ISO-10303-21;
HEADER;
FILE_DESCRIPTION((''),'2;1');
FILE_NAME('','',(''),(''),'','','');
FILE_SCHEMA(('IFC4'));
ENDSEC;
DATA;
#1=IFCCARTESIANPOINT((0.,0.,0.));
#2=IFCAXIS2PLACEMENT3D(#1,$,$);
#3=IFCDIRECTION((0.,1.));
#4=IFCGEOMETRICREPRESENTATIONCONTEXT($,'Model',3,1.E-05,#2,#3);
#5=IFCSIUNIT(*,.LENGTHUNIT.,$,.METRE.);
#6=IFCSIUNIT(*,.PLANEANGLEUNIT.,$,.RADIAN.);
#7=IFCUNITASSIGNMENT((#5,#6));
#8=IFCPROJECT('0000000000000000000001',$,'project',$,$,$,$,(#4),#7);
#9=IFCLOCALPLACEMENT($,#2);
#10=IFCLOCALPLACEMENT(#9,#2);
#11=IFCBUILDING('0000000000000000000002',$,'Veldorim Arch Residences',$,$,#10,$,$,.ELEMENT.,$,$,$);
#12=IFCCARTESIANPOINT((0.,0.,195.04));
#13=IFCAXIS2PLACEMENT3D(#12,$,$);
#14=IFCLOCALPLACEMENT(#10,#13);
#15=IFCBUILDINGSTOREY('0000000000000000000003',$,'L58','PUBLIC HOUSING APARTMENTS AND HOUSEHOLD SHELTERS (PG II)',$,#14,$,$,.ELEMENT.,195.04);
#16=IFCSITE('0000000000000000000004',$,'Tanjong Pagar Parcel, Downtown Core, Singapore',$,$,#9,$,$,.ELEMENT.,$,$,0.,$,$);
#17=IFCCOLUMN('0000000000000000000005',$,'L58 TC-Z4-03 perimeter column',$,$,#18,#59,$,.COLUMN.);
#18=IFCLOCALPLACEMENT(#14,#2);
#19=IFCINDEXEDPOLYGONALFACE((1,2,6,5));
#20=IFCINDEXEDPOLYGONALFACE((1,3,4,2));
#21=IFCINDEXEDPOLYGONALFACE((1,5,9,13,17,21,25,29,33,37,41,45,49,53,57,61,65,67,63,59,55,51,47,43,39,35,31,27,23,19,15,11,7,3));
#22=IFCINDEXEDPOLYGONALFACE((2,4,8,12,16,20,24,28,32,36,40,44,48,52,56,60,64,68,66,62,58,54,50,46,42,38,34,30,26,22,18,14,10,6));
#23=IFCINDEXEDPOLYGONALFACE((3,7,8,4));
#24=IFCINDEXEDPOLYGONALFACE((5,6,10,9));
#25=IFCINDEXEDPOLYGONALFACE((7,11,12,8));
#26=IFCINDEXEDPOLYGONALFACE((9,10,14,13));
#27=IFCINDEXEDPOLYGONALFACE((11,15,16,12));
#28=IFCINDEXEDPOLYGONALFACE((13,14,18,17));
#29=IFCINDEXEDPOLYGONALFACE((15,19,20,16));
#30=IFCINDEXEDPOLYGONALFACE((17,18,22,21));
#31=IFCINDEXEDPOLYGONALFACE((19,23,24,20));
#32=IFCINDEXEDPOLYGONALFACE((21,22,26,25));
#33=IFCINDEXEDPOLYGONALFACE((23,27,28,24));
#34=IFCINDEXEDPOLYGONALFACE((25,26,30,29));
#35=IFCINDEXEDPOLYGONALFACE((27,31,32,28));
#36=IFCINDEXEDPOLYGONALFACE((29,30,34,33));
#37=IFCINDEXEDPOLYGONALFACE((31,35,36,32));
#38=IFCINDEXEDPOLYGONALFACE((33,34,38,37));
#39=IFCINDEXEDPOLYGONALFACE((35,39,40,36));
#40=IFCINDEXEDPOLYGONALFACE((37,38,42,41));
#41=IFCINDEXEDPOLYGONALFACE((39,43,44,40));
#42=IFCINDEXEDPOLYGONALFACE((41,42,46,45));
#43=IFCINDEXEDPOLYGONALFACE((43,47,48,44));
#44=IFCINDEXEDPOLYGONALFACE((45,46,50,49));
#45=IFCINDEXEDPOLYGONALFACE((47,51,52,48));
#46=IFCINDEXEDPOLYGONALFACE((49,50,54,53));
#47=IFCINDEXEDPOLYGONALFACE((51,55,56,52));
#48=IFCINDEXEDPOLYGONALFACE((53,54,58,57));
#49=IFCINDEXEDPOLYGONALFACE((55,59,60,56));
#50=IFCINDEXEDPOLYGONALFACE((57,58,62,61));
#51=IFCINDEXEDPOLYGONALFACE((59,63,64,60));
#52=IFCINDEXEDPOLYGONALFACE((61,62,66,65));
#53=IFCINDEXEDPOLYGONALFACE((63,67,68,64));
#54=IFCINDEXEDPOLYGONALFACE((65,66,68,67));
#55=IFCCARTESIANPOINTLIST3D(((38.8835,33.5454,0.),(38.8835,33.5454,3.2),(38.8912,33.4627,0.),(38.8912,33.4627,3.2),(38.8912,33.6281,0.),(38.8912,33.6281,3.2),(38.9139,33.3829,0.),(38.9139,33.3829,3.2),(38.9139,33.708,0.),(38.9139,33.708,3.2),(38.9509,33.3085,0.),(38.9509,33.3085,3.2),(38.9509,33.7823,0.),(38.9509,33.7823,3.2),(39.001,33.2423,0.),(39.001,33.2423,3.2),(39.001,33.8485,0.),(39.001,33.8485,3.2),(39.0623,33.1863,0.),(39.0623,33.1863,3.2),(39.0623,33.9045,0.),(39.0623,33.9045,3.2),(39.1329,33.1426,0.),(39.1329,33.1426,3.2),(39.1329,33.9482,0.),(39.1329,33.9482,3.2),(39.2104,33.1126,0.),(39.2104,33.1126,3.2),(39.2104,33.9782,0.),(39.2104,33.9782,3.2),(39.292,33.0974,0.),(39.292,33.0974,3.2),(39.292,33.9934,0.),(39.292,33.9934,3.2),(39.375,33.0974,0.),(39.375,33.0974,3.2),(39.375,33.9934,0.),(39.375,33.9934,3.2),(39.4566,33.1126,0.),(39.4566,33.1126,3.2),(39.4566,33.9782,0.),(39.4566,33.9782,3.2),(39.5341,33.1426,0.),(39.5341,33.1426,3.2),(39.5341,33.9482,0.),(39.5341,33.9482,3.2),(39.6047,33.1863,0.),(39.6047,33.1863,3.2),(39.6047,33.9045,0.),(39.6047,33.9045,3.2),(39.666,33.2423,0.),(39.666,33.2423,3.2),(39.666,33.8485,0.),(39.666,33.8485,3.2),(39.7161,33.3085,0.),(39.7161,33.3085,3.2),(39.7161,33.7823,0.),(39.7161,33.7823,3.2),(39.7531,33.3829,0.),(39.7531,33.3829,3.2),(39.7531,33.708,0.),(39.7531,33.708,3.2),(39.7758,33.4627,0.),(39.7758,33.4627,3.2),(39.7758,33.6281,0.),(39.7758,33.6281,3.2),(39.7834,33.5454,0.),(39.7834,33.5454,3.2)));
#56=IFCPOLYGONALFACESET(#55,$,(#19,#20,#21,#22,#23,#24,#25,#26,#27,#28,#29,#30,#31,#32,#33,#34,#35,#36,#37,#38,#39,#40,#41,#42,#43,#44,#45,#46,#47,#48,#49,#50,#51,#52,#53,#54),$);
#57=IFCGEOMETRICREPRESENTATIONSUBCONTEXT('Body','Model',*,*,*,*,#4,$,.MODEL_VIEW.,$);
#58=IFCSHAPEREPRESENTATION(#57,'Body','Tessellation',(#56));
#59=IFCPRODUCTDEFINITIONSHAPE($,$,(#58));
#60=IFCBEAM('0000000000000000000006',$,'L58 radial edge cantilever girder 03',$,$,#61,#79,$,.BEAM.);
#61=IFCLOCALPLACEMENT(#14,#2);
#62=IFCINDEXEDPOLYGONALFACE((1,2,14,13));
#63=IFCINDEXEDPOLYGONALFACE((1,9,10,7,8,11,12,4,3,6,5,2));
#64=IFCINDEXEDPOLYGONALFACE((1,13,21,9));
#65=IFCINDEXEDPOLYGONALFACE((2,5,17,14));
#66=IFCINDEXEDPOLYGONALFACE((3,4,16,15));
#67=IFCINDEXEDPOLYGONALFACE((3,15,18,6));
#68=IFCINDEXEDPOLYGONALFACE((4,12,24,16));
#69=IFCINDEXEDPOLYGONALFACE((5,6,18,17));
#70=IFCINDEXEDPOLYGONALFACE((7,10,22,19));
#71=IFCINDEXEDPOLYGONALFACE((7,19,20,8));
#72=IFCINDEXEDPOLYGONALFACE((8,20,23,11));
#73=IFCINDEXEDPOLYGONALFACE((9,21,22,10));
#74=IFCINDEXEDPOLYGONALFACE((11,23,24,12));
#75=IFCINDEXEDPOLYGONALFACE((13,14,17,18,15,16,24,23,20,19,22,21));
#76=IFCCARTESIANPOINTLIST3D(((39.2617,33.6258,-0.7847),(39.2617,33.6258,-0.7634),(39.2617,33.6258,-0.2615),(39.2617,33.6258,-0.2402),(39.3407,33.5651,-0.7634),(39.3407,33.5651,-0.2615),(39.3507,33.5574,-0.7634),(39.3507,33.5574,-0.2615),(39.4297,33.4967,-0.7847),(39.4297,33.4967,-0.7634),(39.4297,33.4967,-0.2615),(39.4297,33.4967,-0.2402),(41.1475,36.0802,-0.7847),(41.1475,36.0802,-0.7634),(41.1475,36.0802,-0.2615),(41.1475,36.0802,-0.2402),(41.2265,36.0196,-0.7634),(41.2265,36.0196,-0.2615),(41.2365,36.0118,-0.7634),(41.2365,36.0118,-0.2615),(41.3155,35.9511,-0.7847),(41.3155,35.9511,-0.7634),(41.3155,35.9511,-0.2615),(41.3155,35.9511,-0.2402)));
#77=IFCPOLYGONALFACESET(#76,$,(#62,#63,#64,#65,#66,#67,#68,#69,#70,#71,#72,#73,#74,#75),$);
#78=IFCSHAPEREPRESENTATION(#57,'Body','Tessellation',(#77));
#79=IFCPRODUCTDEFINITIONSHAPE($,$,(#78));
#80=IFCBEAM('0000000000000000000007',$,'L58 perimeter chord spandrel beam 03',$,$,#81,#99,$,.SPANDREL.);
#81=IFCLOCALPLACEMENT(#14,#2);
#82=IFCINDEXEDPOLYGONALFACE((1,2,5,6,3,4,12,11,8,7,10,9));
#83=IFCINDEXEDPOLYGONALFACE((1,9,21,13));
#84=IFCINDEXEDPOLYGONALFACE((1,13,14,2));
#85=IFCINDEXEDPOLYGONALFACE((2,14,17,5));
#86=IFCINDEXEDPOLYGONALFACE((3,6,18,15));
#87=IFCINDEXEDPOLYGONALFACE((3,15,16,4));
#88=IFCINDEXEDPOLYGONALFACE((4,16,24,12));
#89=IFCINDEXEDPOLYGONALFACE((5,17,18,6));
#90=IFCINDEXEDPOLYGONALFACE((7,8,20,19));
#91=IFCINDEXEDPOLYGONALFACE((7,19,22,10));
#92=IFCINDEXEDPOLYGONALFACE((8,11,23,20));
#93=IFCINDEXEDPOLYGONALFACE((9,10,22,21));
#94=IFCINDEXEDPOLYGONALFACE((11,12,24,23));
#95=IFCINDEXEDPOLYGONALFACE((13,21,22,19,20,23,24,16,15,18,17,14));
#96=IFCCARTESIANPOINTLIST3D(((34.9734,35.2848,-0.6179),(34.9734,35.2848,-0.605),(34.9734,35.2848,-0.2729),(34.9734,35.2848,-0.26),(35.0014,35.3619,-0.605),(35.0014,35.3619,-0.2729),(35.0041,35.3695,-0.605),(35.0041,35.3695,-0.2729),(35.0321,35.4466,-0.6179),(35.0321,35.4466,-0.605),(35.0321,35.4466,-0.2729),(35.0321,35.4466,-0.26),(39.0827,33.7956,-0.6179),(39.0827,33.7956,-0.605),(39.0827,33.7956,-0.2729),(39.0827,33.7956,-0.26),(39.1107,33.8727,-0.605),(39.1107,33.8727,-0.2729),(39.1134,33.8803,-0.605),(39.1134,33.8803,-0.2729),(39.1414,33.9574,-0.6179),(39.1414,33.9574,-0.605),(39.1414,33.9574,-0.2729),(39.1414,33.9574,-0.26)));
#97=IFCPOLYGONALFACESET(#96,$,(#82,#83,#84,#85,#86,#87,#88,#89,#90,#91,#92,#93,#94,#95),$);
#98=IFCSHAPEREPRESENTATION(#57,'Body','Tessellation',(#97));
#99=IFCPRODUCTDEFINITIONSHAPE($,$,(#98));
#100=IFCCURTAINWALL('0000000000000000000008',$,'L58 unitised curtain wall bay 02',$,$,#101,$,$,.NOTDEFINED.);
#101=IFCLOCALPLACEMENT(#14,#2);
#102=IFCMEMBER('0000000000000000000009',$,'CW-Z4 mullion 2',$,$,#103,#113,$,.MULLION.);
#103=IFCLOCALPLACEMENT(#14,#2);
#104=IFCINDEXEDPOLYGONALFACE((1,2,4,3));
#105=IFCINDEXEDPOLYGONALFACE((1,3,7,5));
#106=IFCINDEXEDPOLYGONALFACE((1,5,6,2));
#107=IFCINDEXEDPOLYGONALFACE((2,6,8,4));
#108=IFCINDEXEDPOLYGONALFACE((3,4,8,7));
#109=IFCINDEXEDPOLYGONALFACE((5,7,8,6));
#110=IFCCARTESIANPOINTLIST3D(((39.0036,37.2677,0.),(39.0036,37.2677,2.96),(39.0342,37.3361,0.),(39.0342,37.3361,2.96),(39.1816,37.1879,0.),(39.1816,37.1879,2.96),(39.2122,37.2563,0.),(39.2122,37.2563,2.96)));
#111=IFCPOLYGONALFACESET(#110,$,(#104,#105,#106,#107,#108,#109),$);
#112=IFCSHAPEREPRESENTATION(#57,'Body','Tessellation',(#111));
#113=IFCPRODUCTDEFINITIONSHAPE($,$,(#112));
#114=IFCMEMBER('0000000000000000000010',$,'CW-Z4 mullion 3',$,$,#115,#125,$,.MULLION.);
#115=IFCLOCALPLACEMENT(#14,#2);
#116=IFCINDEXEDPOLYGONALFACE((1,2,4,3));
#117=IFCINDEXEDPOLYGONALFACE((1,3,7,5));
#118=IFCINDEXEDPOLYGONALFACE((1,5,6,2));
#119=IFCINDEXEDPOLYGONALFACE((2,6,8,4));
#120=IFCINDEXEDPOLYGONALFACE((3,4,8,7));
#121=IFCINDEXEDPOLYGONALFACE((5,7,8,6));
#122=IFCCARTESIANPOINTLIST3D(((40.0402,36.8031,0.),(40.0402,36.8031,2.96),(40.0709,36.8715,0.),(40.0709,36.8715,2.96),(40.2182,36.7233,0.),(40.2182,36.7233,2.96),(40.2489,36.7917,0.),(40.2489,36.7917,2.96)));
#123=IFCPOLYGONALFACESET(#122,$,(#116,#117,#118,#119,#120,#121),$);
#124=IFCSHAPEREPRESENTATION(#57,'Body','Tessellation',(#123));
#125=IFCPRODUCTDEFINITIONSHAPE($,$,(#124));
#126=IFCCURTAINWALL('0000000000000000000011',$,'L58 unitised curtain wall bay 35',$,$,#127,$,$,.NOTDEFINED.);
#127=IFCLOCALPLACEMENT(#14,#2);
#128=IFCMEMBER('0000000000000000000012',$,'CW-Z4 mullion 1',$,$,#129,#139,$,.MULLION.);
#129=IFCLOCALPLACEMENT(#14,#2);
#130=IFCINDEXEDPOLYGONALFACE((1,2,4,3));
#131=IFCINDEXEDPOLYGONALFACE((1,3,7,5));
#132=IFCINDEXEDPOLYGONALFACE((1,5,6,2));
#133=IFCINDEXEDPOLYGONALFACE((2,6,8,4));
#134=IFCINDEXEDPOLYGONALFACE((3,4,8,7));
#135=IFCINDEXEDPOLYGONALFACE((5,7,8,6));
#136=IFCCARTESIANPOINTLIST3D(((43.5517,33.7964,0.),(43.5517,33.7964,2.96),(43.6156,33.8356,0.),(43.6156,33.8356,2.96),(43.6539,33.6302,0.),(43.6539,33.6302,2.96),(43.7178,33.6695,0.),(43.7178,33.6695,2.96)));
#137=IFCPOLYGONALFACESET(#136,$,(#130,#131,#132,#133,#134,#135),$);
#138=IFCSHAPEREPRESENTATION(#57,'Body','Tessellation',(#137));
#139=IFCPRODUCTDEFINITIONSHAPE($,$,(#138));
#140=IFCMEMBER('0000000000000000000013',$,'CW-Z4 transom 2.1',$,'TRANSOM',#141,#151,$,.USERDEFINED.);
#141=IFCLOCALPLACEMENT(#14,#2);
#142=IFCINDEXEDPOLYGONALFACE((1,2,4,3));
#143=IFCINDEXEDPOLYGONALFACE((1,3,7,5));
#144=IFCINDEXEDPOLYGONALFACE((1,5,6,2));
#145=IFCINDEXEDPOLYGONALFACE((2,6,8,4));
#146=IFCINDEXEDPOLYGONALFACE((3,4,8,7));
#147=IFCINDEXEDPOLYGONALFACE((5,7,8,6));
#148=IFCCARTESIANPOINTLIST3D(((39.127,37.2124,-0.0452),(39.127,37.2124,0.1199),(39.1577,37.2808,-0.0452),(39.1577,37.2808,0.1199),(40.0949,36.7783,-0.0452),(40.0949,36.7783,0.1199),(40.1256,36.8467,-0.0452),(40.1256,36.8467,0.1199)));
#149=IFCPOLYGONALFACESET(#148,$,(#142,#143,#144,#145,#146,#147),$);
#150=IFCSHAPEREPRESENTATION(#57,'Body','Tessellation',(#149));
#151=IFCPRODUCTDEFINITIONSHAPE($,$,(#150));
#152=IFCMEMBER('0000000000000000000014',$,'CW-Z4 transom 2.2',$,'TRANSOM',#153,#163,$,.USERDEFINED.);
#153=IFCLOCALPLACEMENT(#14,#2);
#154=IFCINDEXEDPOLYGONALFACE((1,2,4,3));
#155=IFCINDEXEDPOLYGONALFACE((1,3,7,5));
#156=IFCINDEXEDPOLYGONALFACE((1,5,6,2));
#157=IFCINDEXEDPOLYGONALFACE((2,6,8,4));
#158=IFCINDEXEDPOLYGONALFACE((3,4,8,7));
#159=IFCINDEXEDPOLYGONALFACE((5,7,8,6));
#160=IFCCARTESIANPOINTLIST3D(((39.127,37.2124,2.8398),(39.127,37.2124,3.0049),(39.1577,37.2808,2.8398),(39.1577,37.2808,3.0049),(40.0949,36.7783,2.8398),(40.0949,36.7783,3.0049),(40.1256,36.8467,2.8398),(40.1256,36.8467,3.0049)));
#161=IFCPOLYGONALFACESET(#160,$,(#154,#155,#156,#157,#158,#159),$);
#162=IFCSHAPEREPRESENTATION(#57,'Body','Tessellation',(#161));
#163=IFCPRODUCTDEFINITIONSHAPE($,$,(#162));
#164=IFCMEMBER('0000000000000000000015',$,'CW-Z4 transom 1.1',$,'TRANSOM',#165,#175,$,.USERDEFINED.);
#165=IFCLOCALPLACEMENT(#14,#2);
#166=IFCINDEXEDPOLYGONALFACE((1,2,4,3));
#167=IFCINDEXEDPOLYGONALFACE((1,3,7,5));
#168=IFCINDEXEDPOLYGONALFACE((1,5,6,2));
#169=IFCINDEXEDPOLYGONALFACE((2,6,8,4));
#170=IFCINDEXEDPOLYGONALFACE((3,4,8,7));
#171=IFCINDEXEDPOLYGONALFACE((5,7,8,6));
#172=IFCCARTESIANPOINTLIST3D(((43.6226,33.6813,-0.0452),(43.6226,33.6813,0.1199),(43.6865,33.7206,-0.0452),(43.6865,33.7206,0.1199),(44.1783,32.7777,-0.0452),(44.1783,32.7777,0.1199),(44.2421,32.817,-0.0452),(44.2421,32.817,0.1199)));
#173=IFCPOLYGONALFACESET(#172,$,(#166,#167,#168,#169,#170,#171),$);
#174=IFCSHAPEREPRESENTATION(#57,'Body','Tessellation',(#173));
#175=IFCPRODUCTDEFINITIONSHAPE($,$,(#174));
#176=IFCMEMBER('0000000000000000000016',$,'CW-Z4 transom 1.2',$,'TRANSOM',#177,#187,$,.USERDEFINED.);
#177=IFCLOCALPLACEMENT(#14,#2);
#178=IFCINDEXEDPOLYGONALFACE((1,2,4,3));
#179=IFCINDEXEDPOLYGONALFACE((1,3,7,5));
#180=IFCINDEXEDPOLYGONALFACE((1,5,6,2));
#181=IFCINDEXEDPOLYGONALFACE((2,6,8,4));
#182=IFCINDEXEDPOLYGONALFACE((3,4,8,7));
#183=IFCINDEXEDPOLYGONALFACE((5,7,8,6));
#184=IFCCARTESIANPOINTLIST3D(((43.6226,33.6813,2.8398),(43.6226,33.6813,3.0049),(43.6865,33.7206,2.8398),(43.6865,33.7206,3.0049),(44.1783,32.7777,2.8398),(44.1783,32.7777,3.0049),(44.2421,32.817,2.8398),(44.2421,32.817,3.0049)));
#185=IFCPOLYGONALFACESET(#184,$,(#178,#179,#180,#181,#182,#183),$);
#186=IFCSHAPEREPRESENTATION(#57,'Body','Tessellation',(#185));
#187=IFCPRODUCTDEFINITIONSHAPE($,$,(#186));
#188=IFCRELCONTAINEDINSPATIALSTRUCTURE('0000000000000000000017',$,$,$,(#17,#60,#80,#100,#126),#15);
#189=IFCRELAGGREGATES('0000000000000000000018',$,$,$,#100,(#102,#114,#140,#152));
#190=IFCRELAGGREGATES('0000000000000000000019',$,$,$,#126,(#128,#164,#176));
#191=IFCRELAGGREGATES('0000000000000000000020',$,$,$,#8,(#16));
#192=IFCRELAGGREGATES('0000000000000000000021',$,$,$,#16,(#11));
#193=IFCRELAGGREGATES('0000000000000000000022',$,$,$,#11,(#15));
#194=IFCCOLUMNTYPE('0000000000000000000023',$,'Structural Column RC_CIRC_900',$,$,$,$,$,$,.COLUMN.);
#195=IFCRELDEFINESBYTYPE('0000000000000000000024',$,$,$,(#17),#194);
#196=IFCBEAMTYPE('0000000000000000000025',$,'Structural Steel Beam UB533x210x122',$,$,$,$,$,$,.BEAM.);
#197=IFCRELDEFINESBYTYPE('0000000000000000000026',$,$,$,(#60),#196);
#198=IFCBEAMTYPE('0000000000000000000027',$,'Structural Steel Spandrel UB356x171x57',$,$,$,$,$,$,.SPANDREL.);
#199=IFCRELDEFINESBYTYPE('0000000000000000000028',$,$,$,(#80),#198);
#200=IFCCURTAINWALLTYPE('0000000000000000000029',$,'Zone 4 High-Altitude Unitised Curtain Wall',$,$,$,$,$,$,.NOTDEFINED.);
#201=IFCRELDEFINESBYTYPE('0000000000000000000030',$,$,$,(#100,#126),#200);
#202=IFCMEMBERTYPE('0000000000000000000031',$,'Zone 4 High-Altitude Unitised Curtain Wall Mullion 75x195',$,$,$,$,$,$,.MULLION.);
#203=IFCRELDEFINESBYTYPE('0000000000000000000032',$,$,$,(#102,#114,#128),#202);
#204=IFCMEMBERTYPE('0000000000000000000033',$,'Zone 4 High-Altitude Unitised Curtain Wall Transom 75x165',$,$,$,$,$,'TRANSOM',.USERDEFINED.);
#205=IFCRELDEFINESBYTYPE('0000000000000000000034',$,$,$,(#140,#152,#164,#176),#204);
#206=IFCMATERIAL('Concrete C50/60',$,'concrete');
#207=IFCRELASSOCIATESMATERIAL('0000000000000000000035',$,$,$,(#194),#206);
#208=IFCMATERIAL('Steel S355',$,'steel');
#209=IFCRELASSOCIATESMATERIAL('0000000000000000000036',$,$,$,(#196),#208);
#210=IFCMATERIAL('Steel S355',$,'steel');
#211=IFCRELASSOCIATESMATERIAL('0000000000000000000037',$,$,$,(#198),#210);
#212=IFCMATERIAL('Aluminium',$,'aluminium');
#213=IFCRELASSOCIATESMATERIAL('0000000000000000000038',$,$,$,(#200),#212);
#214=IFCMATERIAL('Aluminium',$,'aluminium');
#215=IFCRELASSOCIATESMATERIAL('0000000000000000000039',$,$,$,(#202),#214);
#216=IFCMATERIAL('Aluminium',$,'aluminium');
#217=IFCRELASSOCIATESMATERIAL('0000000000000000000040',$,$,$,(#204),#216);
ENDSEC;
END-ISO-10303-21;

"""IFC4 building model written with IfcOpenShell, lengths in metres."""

from ifc_helpers import new_model, si_unit, direction, frame, origin, origin_2d, place, context, subcontext, project, spatial, rectangle, circle, i_section, extrude, material, material_profile, profile_set, type_object, element, aggregate, save


model = new_model("IFC4")

# Units and contexts
model_context = context("Model", 3, precision=1e-05, world=origin(), true_north=direction((0.0, 1.0)))
body_context = subcontext(model_context, "Body", "Model", "MODEL_VIEW")
ifc_project = project(units=[si_unit("LENGTHUNIT", "METRE"), si_unit("PLANEANGLEUNIT", "RADIAN")], contexts=[model_context])

# Site, building, storey
site_placement = place(None, origin())
site = spatial("IfcSite", under=ifc_project, at=site_placement, Name="Tanjong Pagar Parcel, Downtown Core, Singapore", CompositionType="ELEMENT", RefElevation=0.0)
building_placement = place(site_placement, origin())
building = spatial("IfcBuilding", under=site, at=building_placement, Name="Veldorim Arch Residences", CompositionType="ELEMENT")
storey_placement = place(building_placement, frame((0.0, 0.0, 195.04)))
storey = spatial("IfcBuildingStorey", under=building, at=storey_placement, Name="L58", Description="PUBLIC HOUSING APARTMENTS AND HOUSEHOLD SHELTERS (PG II)", CompositionType="ELEMENT", Elevation=195.04)

# Column
ifc_material_1 = material(Name="Concrete C50/60", Category="concrete")
ifc_material_profile_1 = material_profile(ifc_material_1, circle(Radius=0.45, at=origin_2d()), Name="RC_CIRC_900")
ifc_profile_set_1 = profile_set([ifc_material_profile_1], Name="Concrete C50/60")
column_type = type_object("IfcColumnType", Name="Structural Column RC_CIRC_900", PredefinedType="COLUMN", material=ifc_profile_set_1)
column_placement = place(storey_placement, frame((39.3335, 33.5454, 0.0), z_axis=(0.0, 0.0, 1.0), x_axis=(1.0, 0.0, 0.0)))
element("IfcColumn", 1, at=column_placement, inside=storey, type_object=column_type, Name="L58 TC-Z4-03 perimeter column", PredefinedType="COLUMN", context=body_context, shape_type="SweptSolid", body=[
    extrude(circle(Radius=0.45, at=origin_2d()), origin(), (0.0, 0.0, 1.0), 3.2),
])

# Beams
ifc_material_2 = material(Name="Steel S355", Category="steel")
ifc_material_profile_2 = material_profile(ifc_material_2, i_section(OverallWidth=0.2119, OverallDepth=0.5444, WebThickness=0.0127, FlangeThickness=0.0212, at=origin_2d()), Name="UB533x210x122")
ifc_profile_set_2 = profile_set([ifc_material_profile_2], Name="Steel S355")
beam_type_1 = type_object("IfcBeamType", Name="Structural Steel Beam UB533x210x122", PredefinedType="BEAM", material=ifc_profile_set_2)
beam_1_placement = place(storey_placement, frame((39.3457, 33.5613, -0.5125), z_axis=(0.609261, 0.79297, 0.0), x_axis=(-0.79297, 0.609261, 0.0)))
element("IfcBeam", 2, at=beam_1_placement, inside=storey, type_object=beam_type_1, Name="L58 radial edge cantilever girder 03", PredefinedType="BEAM", context=body_context, shape_type="SweptSolid", body=[
    extrude(i_section(OverallWidth=0.2119, OverallDepth=0.5444, WebThickness=0.0127, FlangeThickness=0.0212, at=origin_2d()), origin(), (0.0, 0.0, 1.0), 3.0952),
])
ifc_material_3 = material(Name="Steel S355", Category="steel")
ifc_material_profile_3 = material_profile(ifc_material_3, i_section(OverallWidth=0.1721, OverallDepth=0.3579, WebThickness=0.0081, FlangeThickness=0.0129, at=origin_2d()), Name="UB356x171x57")
ifc_profile_set_3 = profile_set([ifc_material_profile_3], Name="Steel S355")
beam_type_2 = type_object("IfcBeamType", Name="Structural Steel Spandrel UB356x171x57", PredefinedType="SPANDREL", material=ifc_profile_set_3)
beam_2_placement = place(storey_placement, frame((39.1121, 33.8765, -0.439), z_axis=(-0.940165, 0.34072, 0.0), x_axis=(-0.34072, -0.940165, 0.0)))
element("IfcBeam", 3, at=beam_2_placement, inside=storey, type_object=beam_type_2, Name="L58 perimeter chord spandrel beam 03", PredefinedType="SPANDREL", context=body_context, shape_type="SweptSolid", body=[
    extrude(i_section(OverallWidth=0.1721, OverallDepth=0.3579, WebThickness=0.0081, FlangeThickness=0.0129, at=origin_2d()), origin(), (0.0, 0.0, 1.0), 4.3708),
])

# Curtain wall, members
ifc_material_4 = material(Name="Aluminium", Category="aluminium")
curtain_wall_type = type_object("IfcCurtainWallType", Name="Zone 4 High-Altitude Unitised Curtain Wall", PredefinedType="NOTDEFINED", material=ifc_material_4)
curtain_wall_1_placement = place(storey_placement, origin())
curtain_wall_1 = element("IfcCurtainWall", 4, at=curtain_wall_1_placement, inside=storey, type_object=curtain_wall_type, Name="L58 unitised curtain wall bay 02", PredefinedType="NOTDEFINED")
ifc_material_5 = material(Name="Aluminium", Category="aluminium")
ifc_material_profile_4 = material_profile(ifc_material_5, rectangle(XDim=0.075, YDim=0.1951, at=origin_2d()), Name="ALU_MUL_75x195")
ifc_profile_set_4 = profile_set([ifc_material_profile_4], Name="Aluminium")
member_type_1 = type_object("IfcMemberType", Name="Zone 4 High-Altitude Unitised Curtain Wall Mullion 75x195", PredefinedType="MULLION", material=ifc_profile_set_4)
member_1_placement = place(storey_placement, frame((39.1079, 37.262, 0.0), z_axis=(0.0, 0.0, 1.0), x_axis=(0.409149, 0.912468, 0.0)))
member_1 = element("IfcMember", 5, at=member_1_placement, type_object=member_type_1, Name="CW-Z4 mullion 2", PredefinedType="MULLION", context=body_context, shape_type="SweptSolid", body=[
    extrude(rectangle(XDim=0.075, YDim=0.1951, at=origin_2d()), origin(), (0.0, 0.0, 1.0), 2.96),
])
member_2_placement = place(storey_placement, frame((40.1445, 36.7974, 0.0), z_axis=(0.0, 0.0, 1.0), x_axis=(0.409149, 0.912468, 0.0)))
member_2 = element("IfcMember", 6, at=member_2_placement, type_object=member_type_1, Name="CW-Z4 mullion 3", PredefinedType="MULLION", context=body_context, shape_type="SweptSolid", body=[
    extrude(rectangle(XDim=0.075, YDim=0.1951, at=origin_2d()), origin(), (0.0, 0.0, 1.0), 2.96),
])

# Curtain wall, member
curtain_wall_2_placement = place(storey_placement, origin())
curtain_wall_2 = element("IfcCurtainWall", 7, at=curtain_wall_2_placement, inside=storey, type_object=curtain_wall_type, Name="L58 unitised curtain wall bay 35", PredefinedType="NOTDEFINED")
member_3_placement = place(storey_placement, frame((43.6348, 33.7329, 0.0), z_axis=(0.0, 0.0, 1.0), x_axis=(0.851802, 0.523864, 0.0)))
member_3 = element("IfcMember", 8, at=member_3_placement, type_object=member_type_1, Name="CW-Z4 mullion 1", PredefinedType="MULLION", context=body_context, shape_type="SweptSolid", body=[
    extrude(rectangle(XDim=0.075, YDim=0.1951, at=origin_2d()), origin(), (0.0, 0.0, 1.0), 2.96),
])

# Members
ifc_material_6 = material(Name="Aluminium", Category="aluminium")
ifc_material_profile_5 = material_profile(ifc_material_6, rectangle(XDim=0.075, YDim=0.165, at=origin_2d()), Name="ALU_TRN_75x165")
ifc_profile_set_5 = profile_set([ifc_material_profile_5], Name="Aluminium")
member_type_2 = type_object("IfcMemberType", Name="Zone 4 High-Altitude Unitised Curtain Wall Transom 75x165", ElementType="TRANSOM", PredefinedType="USERDEFINED", material=ifc_profile_set_5)
member_4_placement = place(storey_placement, frame((39.1423, 37.2466, 0.0374), z_axis=(0.912459, -0.409168, 0.0), x_axis=(0.409168, 0.912459, 0.0)))
member_4 = element("IfcMember", 9, at=member_4_placement, type_object=member_type_2, Name="CW-Z4 transom 2.1", ObjectType="TRANSOM", PredefinedType="USERDEFINED", context=body_context, shape_type="SweptSolid", body=[
    extrude(rectangle(XDim=0.075, YDim=0.165, at=origin_2d()), origin(), (0.0, 0.0, 1.0), 1.0608),
])
member_5_placement = place(storey_placement, frame((39.1423, 37.2466, 2.9224), z_axis=(0.912459, -0.409168, 0.0), x_axis=(0.409168, 0.912459, 0.0)))
member_5 = element("IfcMember", 10, at=member_5_placement, type_object=member_type_2, Name="CW-Z4 transom 2.2", ObjectType="TRANSOM", PredefinedType="USERDEFINED", context=body_context, shape_type="SweptSolid", body=[
    extrude(rectangle(XDim=0.075, YDim=0.165, at=origin_2d()), origin(), (0.0, 0.0, 1.0), 1.0608),
])
member_6_placement = place(storey_placement, frame((43.6545, 33.7009, 0.0374), z_axis=(0.523841, -0.851816, 0.0), x_axis=(0.851816, 0.523841, 0.0)))
member_6 = element("IfcMember", 11, at=member_6_placement, type_object=member_type_2, Name="CW-Z4 transom 1.1", ObjectType="TRANSOM", PredefinedType="USERDEFINED", context=body_context, shape_type="SweptSolid", body=[
    extrude(rectangle(XDim=0.075, YDim=0.165, at=origin_2d()), origin(), (0.0, 0.0, 1.0), 1.0608),
])
member_7_placement = place(storey_placement, frame((43.6545, 33.7009, 2.9224), z_axis=(0.523841, -0.851816, 0.0), x_axis=(0.851816, 0.523841, 0.0)))
member_7 = element("IfcMember", 12, at=member_7_placement, type_object=member_type_2, Name="CW-Z4 transom 1.2", ObjectType="TRANSOM", PredefinedType="USERDEFINED", context=body_context, shape_type="SweptSolid", body=[
    extrude(rectangle(XDim=0.075, YDim=0.165, at=origin_2d()), origin(), (0.0, 0.0, 1.0), 1.0608),
])

aggregate(curtain_wall_1, [member_1, member_2, member_4, member_5])
aggregate(curtain_wall_2, [member_3, member_6, member_7])

save(model, "model.ifc")
